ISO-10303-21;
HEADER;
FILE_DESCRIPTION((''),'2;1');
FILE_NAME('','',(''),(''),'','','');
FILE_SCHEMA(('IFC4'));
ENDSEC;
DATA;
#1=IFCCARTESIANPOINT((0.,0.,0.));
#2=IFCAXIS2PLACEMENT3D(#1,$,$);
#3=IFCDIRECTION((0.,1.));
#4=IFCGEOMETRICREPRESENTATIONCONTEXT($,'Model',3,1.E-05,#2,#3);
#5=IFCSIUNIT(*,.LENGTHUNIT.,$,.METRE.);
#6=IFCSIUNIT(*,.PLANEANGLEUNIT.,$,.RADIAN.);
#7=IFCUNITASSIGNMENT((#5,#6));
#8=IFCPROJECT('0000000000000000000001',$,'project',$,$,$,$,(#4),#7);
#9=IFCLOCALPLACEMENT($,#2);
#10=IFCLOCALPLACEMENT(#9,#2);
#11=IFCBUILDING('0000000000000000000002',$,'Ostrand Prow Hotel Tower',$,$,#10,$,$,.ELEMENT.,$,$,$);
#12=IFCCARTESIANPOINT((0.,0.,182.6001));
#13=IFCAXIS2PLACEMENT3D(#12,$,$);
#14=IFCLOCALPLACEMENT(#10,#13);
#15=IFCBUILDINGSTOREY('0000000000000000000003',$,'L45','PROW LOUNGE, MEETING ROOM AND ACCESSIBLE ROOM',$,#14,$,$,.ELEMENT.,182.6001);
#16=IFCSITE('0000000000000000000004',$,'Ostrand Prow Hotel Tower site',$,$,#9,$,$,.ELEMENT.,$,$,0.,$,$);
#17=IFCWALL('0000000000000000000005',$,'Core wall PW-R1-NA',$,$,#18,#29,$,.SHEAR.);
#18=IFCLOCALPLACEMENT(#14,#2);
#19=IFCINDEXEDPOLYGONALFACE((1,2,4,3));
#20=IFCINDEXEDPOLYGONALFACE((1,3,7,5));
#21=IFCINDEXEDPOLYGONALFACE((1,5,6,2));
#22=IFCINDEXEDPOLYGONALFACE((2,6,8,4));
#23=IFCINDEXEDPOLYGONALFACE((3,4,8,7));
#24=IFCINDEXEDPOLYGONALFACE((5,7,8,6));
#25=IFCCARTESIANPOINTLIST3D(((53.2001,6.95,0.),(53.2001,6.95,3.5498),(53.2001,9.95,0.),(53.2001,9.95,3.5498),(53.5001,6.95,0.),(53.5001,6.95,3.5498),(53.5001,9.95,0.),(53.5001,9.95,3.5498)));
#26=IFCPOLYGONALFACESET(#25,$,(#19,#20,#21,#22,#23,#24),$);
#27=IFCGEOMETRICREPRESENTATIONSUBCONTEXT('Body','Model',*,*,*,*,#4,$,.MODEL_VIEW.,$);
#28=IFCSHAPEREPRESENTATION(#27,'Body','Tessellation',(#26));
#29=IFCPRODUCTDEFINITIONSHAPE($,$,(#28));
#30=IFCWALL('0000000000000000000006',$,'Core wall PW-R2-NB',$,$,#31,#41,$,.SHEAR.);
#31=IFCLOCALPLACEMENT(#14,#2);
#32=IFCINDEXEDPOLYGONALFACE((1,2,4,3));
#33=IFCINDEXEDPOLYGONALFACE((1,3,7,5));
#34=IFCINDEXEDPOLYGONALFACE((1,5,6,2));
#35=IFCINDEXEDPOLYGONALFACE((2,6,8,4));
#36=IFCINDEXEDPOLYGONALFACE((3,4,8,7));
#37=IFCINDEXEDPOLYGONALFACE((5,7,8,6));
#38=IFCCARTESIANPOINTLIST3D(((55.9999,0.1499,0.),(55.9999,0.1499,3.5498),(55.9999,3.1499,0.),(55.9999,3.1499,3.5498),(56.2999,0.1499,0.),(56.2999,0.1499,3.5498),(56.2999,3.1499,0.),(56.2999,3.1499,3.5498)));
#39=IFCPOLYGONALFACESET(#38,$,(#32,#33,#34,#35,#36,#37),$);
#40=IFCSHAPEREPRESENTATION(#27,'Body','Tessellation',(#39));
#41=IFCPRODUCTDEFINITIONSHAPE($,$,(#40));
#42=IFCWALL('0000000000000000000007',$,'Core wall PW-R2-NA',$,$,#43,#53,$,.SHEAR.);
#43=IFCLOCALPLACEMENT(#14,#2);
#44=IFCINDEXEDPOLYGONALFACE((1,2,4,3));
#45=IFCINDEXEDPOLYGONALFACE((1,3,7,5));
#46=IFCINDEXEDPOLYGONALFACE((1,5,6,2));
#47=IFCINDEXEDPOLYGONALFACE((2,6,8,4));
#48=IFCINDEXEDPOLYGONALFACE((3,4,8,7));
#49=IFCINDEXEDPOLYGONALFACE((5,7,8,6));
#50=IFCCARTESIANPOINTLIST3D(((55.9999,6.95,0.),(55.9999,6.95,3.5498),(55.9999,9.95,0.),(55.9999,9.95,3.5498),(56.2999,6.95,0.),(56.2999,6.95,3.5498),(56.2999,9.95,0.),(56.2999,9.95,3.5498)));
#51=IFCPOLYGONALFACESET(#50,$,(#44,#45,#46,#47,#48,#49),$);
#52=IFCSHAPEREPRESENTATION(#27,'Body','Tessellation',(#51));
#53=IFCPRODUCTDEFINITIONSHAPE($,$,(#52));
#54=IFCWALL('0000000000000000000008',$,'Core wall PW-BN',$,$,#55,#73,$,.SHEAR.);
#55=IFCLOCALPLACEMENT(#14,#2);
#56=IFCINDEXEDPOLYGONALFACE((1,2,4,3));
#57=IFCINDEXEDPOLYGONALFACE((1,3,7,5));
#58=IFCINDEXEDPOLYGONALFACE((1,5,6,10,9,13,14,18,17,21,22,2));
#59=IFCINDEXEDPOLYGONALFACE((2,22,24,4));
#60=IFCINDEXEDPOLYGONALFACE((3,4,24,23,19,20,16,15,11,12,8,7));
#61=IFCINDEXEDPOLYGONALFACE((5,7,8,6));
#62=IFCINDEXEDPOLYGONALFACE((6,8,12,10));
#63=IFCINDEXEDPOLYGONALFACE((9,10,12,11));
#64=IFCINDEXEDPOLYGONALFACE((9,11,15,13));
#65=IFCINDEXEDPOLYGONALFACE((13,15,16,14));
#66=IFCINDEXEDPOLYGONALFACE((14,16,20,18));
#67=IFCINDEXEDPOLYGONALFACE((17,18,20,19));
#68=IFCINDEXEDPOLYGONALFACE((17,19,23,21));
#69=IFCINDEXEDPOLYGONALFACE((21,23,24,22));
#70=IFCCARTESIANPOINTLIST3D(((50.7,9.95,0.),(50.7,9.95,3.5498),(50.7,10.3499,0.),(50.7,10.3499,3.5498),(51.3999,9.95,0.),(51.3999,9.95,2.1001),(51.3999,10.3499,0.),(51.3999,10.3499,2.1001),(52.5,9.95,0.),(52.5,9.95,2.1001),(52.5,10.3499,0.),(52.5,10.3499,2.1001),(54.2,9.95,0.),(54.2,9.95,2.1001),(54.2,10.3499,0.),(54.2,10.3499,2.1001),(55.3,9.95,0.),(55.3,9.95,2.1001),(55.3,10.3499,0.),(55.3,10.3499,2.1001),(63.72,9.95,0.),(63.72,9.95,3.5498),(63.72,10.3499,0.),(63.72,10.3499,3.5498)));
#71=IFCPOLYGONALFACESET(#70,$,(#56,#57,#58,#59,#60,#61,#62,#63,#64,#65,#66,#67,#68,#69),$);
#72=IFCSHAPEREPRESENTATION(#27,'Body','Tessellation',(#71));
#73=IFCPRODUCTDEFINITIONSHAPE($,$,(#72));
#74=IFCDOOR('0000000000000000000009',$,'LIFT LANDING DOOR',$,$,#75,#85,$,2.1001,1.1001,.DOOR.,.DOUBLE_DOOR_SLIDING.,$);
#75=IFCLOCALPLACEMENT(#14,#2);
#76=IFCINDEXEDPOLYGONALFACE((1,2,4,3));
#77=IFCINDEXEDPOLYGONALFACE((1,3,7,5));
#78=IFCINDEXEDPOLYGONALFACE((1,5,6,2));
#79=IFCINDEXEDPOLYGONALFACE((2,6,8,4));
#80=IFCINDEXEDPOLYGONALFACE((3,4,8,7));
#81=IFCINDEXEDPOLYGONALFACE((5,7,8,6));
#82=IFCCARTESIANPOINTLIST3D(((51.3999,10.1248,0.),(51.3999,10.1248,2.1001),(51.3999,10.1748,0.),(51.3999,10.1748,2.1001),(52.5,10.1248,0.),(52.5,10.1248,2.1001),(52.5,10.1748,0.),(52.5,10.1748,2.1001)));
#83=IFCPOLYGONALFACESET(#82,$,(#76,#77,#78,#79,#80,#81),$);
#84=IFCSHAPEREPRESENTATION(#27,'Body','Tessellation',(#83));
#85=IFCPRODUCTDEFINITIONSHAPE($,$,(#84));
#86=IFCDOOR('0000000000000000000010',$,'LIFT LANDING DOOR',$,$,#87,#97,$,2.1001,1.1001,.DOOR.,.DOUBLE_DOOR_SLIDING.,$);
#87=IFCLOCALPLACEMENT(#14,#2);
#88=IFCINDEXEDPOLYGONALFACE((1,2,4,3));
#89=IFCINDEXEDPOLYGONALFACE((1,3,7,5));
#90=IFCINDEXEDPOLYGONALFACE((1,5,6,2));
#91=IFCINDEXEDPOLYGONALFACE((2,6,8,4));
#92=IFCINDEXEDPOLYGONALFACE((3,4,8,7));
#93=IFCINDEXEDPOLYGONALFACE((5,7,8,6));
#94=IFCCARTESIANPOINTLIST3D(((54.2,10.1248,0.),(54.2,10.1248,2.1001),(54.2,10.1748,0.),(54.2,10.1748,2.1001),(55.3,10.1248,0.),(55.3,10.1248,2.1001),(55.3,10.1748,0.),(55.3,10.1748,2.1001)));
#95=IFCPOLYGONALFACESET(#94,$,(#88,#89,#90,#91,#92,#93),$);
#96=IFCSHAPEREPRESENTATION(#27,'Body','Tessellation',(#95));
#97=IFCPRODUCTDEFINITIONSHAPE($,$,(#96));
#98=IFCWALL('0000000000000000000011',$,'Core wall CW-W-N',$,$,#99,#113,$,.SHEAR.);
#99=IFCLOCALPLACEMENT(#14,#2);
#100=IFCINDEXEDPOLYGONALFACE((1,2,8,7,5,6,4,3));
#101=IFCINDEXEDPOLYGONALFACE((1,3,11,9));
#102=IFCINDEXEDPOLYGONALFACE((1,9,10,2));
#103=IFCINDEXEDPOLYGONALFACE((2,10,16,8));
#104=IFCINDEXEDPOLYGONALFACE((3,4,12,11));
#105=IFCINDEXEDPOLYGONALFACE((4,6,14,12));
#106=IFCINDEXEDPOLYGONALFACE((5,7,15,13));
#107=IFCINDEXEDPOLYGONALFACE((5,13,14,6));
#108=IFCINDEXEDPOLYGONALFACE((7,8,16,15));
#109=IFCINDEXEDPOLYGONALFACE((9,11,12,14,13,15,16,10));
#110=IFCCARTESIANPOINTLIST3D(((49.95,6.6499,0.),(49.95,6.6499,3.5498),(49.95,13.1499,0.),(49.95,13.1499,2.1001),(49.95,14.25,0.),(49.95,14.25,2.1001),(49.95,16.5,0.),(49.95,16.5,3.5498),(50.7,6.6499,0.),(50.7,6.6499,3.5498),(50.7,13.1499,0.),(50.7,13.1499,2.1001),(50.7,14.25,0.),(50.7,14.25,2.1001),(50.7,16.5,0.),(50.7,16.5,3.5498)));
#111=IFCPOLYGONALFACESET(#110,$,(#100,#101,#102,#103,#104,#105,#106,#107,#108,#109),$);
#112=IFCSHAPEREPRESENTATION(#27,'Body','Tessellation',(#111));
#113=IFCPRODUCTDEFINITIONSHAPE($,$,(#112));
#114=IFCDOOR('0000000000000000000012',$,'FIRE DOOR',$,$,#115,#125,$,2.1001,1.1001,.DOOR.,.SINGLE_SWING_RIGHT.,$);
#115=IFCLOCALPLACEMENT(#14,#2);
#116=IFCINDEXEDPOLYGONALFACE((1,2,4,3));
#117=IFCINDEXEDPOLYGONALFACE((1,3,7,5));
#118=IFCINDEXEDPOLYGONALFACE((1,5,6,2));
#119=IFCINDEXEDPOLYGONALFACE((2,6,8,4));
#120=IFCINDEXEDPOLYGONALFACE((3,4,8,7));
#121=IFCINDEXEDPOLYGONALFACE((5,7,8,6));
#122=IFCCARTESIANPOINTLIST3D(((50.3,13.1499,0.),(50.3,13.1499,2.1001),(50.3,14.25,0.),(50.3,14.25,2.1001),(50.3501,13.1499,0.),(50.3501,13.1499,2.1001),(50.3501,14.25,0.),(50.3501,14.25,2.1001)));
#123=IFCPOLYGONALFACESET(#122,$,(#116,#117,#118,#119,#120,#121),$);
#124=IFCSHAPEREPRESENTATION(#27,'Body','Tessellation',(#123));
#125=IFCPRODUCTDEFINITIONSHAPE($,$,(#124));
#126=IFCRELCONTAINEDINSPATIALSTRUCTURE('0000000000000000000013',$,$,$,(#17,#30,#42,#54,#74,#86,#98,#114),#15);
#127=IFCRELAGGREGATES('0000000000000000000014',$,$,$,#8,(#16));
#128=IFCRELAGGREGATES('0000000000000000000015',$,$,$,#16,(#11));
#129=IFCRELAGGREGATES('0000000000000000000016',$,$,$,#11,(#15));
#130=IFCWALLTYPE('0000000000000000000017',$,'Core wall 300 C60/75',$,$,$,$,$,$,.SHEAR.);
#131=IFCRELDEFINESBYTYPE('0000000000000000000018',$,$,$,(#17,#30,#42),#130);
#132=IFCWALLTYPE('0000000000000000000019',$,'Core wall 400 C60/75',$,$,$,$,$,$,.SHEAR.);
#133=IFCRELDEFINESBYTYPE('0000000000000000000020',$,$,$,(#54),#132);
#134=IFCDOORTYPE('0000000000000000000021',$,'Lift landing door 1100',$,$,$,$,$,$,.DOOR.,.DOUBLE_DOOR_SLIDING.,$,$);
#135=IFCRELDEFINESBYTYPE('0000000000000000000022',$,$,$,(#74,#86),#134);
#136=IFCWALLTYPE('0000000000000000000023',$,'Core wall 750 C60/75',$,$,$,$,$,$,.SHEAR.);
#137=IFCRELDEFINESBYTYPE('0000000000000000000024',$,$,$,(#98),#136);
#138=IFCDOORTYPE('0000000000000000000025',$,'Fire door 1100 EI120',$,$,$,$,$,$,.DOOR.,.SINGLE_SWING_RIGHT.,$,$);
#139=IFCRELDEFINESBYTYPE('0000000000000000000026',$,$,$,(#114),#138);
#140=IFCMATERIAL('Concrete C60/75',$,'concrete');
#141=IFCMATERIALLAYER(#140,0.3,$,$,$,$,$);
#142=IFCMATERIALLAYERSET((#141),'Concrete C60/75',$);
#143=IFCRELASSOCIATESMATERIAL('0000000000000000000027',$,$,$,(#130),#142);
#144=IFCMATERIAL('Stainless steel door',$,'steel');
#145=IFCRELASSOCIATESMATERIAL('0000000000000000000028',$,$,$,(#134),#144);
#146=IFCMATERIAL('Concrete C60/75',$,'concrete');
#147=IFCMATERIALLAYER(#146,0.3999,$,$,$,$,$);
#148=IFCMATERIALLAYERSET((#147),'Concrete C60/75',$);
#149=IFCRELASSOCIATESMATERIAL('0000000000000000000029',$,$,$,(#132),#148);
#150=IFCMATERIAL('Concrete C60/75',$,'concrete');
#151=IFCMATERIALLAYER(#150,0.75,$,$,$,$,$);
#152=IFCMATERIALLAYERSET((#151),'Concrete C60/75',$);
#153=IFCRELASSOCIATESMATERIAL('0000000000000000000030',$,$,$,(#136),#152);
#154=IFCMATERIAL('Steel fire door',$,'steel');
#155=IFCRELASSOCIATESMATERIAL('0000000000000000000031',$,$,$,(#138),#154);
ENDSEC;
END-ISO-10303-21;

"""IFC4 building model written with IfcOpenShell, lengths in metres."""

from ifc_helpers import new_model, si_unit, direction, frame, frame_2d, origin, place, context, subcontext, project, spatial, rectangle, extrude, material, layer, layer_set, type_object, element, fill, save


model = new_model("IFC4")

# Units and contexts
model_context = context("Model", 3, precision=1e-05, world=origin(), true_north=direction((0.0, 1.0)))
body_context = subcontext(model_context, "Body", "Model", "MODEL_VIEW")
ifc_project = project(units=[si_unit("LENGTHUNIT", "METRE"), si_unit("PLANEANGLEUNIT", "RADIAN")], contexts=[model_context])

# Site, building, storey
site_placement = place(None, origin())
site = spatial("IfcSite", under=ifc_project, at=site_placement, Name="Ostrand Prow Hotel Tower site", CompositionType="ELEMENT", RefElevation=0.0)
building_placement = place(site_placement, origin())
building = spatial("IfcBuilding", under=site, at=building_placement, Name="Ostrand Prow Hotel Tower", CompositionType="ELEMENT")
storey_placement = place(building_placement, frame((0.0, 0.0, 182.6001)))
storey = spatial("IfcBuildingStorey", under=building, at=storey_placement, Name="L45", Description="PROW LOUNGE, MEETING ROOM AND ACCESSIBLE ROOM", CompositionType="ELEMENT", Elevation=182.6001)

# Shared definitions
ifc_material_1 = material(Name="Concrete C60/75", Category="concrete")
ifc_layer_1 = layer(ifc_material_1, 0.3)
ifc_layer_set_1 = layer_set([ifc_layer_1], Name="Concrete C60/75")
wall_type_1 = type_object("IfcWallType", Name="Core wall 300 C60/75", PredefinedType="SHEAR", material=ifc_layer_set_1)
ifc_material_2 = material(Name="Stainless steel door", Category="steel")
door_type_1 = type_object("IfcDoorType", Name="Lift landing door 1100", OperationType="DOUBLE_DOOR_SLIDING", PredefinedType="DOOR", material=ifc_material_2)

# Walls
for number, where, z_axis, x_axis, name in (
    (1, (53.3501, 6.95, 0.0), (0.0, 0.0, 1.0), (0.0, 1.0, 0.0), "Core wall PW-R1-NA"),
    (2, (56.1499, 0.1499, 0.0), (0.0, 0.0, 1.0), (0.0, 1.0, 0.0), "Core wall PW-R2-NB"),
    (3, (56.1499, 6.95, 0.0), (0.0, 0.0, 1.0), (0.0, 1.0, 0.0), "Core wall PW-R2-NA"),
):
    element("IfcWall", number, at=place(storey_placement, frame(where, z_axis=z_axis, x_axis=x_axis)), inside=storey, type_object=wall_type_1, Name=name, PredefinedType="SHEAR", context=body_context, shape_type="SweptSolid", body=[
        extrude(rectangle(XDim=3.0, YDim=0.3, at=frame_2d((1.5, 0.0))), origin(), (0.0, 0.0, 1.0), 3.5498),
    ])

# Wall, openings, doors
ifc_material_3 = material(Name="Concrete C60/75", Category="concrete")
ifc_layer_2 = layer(ifc_material_3, 0.3999)
ifc_layer_set_2 = layer_set([ifc_layer_2], Name="Concrete C60/75")
wall_type_2 = type_object("IfcWallType", Name="Core wall 400 C60/75", PredefinedType="SHEAR", material=ifc_layer_set_2)
wall_1_placement = place(storey_placement, frame((50.7, 10.1499, 0.0), z_axis=(0.0, 0.0, 1.0), x_axis=(1.0, 0.0, 0.0)))
wall_1 = element("IfcWall", 4, at=wall_1_placement, inside=storey, type_object=wall_type_2, Name="Core wall PW-BN", PredefinedType="SHEAR", context=body_context, shape_type="SweptSolid", body=[
    extrude(rectangle(XDim=13.02, YDim=0.3999, at=frame_2d((6.51, 0.0))), origin(), (0.0, 0.0, 1.0), 3.5498),
])
opening_1_placement = place(wall_1_placement, frame((0.7, 0.0, 0.0)))
opening_1 = element("IfcOpeningElement", 5, at=opening_1_placement, cuts=wall_1, PredefinedType="OPENING", context=body_context, shape_type="SweptSolid", body=[
    extrude(rectangle(XDim=1.1001, YDim=2.1001, at=frame_2d((0.55, 1.05))), frame((0.0, 0.21, 0.0), z_axis=(0.0, -1.0, 0.0), x_axis=(1.0, 0.0, 0.0)), (0.0, 0.0, 1.0), 0.4199),
])
opening_2_placement = place(wall_1_placement, frame((3.5, 0.0, 0.0)))
opening_2 = element("IfcOpeningElement", 6, at=opening_2_placement, cuts=wall_1, PredefinedType="OPENING", context=body_context, shape_type="SweptSolid", body=[
    extrude(rectangle(XDim=1.1001, YDim=2.1001, at=frame_2d((0.55, 1.05))), frame((0.0, 0.21, 0.0), z_axis=(0.0, -1.0, 0.0), x_axis=(1.0, 0.0, 0.0)), (0.0, 0.0, 1.0), 0.4199),
])
door_1_placement = place(opening_1_placement, origin())
door_1 = element("IfcDoor", 7, at=door_1_placement, inside=storey, type_object=door_type_1, Name="LIFT LANDING DOOR", OperationType="DOUBLE_DOOR_SLIDING", OverallHeight=2.1001, OverallWidth=1.1001, PredefinedType="DOOR", context=body_context, shape_type="SweptSolid", body=[
    extrude(rectangle(XDim=1.1001, YDim=2.1001, at=frame_2d((0.55, 1.05))), frame((0.0, 0.0249, 0.0), z_axis=(0.0, -1.0, 0.0), x_axis=(1.0, 0.0, 0.0)), (0.0, 0.0, 1.0), 0.05),
])
fill(opening_1, door_1)
door_2_placement = place(opening_2_placement, origin())
door_2 = element("IfcDoor", 8, at=door_2_placement, inside=storey, type_object=door_type_1, Name="LIFT LANDING DOOR", OperationType="DOUBLE_DOOR_SLIDING", OverallHeight=2.1001, OverallWidth=1.1001, PredefinedType="DOOR", context=body_context, shape_type="SweptSolid", body=[
    extrude(rectangle(XDim=1.1001, YDim=2.1001, at=frame_2d((0.55, 1.05))), frame((0.0, 0.0249, 0.0), z_axis=(0.0, -1.0, 0.0), x_axis=(1.0, 0.0, 0.0)), (0.0, 0.0, 1.0), 0.05),
])
fill(opening_2, door_2)

# Wall, opening, door
ifc_material_4 = material(Name="Concrete C60/75", Category="concrete")
ifc_layer_3 = layer(ifc_material_4, 0.75)
ifc_layer_set_3 = layer_set([ifc_layer_3], Name="Concrete C60/75")
wall_type_3 = type_object("IfcWallType", Name="Core wall 750 C60/75", PredefinedType="SHEAR", material=ifc_layer_set_3)
wall_2_placement = place(storey_placement, frame((50.325, 6.6499, 0.0), z_axis=(0.0, 0.0, 1.0), x_axis=(0.0, 1.0, 0.0)))
wall_2 = element("IfcWall", 9, at=wall_2_placement, inside=storey, type_object=wall_type_3, Name="Core wall CW-W-N", PredefinedType="SHEAR", context=body_context, shape_type="SweptSolid", body=[
    extrude(rectangle(XDim=9.8501, YDim=0.75, at=frame_2d((4.925, 0.0))), origin(), (0.0, 0.0, 1.0), 3.5498),
])
opening_3_placement = place(wall_2_placement, frame((6.5, 0.0, 0.0)))
opening_3 = element("IfcOpeningElement", 10, at=opening_3_placement, cuts=wall_2, PredefinedType="OPENING", context=body_context, shape_type="SweptSolid", body=[
    extrude(rectangle(XDim=1.1001, YDim=2.1001, at=frame_2d((0.55, 1.05))), frame((0.0, 0.385, 0.0), z_axis=(0.0, -1.0, 0.0), x_axis=(1.0, 0.0, 0.0)), (0.0, 0.0, 1.0), 0.77),
])
ifc_material_5 = material(Name="Steel fire door", Category="steel")
door_type_2 = type_object("IfcDoorType", Name="Fire door 1100 EI120", OperationType="SINGLE_SWING_RIGHT", PredefinedType="DOOR", material=ifc_material_5)
door_3_placement = place(opening_3_placement, origin())
door_3 = element("IfcDoor", 11, at=door_3_placement, inside=storey, type_object=door_type_2, Name="FIRE DOOR", OperationType="SINGLE_SWING_RIGHT", OverallHeight=2.1001, OverallWidth=1.1001, PredefinedType="DOOR", context=body_context, shape_type="SweptSolid", body=[
    extrude(rectangle(XDim=1.1001, YDim=2.1001, at=frame_2d((0.55, 1.05))), frame((0.0, 0.0249, 0.0), z_axis=(0.0, -1.0, 0.0), x_axis=(1.0, 0.0, 0.0)), (0.0, 0.0, 1.0), 0.05),
])
fill(opening_3, door_3)

save(model, "model.ifc")
